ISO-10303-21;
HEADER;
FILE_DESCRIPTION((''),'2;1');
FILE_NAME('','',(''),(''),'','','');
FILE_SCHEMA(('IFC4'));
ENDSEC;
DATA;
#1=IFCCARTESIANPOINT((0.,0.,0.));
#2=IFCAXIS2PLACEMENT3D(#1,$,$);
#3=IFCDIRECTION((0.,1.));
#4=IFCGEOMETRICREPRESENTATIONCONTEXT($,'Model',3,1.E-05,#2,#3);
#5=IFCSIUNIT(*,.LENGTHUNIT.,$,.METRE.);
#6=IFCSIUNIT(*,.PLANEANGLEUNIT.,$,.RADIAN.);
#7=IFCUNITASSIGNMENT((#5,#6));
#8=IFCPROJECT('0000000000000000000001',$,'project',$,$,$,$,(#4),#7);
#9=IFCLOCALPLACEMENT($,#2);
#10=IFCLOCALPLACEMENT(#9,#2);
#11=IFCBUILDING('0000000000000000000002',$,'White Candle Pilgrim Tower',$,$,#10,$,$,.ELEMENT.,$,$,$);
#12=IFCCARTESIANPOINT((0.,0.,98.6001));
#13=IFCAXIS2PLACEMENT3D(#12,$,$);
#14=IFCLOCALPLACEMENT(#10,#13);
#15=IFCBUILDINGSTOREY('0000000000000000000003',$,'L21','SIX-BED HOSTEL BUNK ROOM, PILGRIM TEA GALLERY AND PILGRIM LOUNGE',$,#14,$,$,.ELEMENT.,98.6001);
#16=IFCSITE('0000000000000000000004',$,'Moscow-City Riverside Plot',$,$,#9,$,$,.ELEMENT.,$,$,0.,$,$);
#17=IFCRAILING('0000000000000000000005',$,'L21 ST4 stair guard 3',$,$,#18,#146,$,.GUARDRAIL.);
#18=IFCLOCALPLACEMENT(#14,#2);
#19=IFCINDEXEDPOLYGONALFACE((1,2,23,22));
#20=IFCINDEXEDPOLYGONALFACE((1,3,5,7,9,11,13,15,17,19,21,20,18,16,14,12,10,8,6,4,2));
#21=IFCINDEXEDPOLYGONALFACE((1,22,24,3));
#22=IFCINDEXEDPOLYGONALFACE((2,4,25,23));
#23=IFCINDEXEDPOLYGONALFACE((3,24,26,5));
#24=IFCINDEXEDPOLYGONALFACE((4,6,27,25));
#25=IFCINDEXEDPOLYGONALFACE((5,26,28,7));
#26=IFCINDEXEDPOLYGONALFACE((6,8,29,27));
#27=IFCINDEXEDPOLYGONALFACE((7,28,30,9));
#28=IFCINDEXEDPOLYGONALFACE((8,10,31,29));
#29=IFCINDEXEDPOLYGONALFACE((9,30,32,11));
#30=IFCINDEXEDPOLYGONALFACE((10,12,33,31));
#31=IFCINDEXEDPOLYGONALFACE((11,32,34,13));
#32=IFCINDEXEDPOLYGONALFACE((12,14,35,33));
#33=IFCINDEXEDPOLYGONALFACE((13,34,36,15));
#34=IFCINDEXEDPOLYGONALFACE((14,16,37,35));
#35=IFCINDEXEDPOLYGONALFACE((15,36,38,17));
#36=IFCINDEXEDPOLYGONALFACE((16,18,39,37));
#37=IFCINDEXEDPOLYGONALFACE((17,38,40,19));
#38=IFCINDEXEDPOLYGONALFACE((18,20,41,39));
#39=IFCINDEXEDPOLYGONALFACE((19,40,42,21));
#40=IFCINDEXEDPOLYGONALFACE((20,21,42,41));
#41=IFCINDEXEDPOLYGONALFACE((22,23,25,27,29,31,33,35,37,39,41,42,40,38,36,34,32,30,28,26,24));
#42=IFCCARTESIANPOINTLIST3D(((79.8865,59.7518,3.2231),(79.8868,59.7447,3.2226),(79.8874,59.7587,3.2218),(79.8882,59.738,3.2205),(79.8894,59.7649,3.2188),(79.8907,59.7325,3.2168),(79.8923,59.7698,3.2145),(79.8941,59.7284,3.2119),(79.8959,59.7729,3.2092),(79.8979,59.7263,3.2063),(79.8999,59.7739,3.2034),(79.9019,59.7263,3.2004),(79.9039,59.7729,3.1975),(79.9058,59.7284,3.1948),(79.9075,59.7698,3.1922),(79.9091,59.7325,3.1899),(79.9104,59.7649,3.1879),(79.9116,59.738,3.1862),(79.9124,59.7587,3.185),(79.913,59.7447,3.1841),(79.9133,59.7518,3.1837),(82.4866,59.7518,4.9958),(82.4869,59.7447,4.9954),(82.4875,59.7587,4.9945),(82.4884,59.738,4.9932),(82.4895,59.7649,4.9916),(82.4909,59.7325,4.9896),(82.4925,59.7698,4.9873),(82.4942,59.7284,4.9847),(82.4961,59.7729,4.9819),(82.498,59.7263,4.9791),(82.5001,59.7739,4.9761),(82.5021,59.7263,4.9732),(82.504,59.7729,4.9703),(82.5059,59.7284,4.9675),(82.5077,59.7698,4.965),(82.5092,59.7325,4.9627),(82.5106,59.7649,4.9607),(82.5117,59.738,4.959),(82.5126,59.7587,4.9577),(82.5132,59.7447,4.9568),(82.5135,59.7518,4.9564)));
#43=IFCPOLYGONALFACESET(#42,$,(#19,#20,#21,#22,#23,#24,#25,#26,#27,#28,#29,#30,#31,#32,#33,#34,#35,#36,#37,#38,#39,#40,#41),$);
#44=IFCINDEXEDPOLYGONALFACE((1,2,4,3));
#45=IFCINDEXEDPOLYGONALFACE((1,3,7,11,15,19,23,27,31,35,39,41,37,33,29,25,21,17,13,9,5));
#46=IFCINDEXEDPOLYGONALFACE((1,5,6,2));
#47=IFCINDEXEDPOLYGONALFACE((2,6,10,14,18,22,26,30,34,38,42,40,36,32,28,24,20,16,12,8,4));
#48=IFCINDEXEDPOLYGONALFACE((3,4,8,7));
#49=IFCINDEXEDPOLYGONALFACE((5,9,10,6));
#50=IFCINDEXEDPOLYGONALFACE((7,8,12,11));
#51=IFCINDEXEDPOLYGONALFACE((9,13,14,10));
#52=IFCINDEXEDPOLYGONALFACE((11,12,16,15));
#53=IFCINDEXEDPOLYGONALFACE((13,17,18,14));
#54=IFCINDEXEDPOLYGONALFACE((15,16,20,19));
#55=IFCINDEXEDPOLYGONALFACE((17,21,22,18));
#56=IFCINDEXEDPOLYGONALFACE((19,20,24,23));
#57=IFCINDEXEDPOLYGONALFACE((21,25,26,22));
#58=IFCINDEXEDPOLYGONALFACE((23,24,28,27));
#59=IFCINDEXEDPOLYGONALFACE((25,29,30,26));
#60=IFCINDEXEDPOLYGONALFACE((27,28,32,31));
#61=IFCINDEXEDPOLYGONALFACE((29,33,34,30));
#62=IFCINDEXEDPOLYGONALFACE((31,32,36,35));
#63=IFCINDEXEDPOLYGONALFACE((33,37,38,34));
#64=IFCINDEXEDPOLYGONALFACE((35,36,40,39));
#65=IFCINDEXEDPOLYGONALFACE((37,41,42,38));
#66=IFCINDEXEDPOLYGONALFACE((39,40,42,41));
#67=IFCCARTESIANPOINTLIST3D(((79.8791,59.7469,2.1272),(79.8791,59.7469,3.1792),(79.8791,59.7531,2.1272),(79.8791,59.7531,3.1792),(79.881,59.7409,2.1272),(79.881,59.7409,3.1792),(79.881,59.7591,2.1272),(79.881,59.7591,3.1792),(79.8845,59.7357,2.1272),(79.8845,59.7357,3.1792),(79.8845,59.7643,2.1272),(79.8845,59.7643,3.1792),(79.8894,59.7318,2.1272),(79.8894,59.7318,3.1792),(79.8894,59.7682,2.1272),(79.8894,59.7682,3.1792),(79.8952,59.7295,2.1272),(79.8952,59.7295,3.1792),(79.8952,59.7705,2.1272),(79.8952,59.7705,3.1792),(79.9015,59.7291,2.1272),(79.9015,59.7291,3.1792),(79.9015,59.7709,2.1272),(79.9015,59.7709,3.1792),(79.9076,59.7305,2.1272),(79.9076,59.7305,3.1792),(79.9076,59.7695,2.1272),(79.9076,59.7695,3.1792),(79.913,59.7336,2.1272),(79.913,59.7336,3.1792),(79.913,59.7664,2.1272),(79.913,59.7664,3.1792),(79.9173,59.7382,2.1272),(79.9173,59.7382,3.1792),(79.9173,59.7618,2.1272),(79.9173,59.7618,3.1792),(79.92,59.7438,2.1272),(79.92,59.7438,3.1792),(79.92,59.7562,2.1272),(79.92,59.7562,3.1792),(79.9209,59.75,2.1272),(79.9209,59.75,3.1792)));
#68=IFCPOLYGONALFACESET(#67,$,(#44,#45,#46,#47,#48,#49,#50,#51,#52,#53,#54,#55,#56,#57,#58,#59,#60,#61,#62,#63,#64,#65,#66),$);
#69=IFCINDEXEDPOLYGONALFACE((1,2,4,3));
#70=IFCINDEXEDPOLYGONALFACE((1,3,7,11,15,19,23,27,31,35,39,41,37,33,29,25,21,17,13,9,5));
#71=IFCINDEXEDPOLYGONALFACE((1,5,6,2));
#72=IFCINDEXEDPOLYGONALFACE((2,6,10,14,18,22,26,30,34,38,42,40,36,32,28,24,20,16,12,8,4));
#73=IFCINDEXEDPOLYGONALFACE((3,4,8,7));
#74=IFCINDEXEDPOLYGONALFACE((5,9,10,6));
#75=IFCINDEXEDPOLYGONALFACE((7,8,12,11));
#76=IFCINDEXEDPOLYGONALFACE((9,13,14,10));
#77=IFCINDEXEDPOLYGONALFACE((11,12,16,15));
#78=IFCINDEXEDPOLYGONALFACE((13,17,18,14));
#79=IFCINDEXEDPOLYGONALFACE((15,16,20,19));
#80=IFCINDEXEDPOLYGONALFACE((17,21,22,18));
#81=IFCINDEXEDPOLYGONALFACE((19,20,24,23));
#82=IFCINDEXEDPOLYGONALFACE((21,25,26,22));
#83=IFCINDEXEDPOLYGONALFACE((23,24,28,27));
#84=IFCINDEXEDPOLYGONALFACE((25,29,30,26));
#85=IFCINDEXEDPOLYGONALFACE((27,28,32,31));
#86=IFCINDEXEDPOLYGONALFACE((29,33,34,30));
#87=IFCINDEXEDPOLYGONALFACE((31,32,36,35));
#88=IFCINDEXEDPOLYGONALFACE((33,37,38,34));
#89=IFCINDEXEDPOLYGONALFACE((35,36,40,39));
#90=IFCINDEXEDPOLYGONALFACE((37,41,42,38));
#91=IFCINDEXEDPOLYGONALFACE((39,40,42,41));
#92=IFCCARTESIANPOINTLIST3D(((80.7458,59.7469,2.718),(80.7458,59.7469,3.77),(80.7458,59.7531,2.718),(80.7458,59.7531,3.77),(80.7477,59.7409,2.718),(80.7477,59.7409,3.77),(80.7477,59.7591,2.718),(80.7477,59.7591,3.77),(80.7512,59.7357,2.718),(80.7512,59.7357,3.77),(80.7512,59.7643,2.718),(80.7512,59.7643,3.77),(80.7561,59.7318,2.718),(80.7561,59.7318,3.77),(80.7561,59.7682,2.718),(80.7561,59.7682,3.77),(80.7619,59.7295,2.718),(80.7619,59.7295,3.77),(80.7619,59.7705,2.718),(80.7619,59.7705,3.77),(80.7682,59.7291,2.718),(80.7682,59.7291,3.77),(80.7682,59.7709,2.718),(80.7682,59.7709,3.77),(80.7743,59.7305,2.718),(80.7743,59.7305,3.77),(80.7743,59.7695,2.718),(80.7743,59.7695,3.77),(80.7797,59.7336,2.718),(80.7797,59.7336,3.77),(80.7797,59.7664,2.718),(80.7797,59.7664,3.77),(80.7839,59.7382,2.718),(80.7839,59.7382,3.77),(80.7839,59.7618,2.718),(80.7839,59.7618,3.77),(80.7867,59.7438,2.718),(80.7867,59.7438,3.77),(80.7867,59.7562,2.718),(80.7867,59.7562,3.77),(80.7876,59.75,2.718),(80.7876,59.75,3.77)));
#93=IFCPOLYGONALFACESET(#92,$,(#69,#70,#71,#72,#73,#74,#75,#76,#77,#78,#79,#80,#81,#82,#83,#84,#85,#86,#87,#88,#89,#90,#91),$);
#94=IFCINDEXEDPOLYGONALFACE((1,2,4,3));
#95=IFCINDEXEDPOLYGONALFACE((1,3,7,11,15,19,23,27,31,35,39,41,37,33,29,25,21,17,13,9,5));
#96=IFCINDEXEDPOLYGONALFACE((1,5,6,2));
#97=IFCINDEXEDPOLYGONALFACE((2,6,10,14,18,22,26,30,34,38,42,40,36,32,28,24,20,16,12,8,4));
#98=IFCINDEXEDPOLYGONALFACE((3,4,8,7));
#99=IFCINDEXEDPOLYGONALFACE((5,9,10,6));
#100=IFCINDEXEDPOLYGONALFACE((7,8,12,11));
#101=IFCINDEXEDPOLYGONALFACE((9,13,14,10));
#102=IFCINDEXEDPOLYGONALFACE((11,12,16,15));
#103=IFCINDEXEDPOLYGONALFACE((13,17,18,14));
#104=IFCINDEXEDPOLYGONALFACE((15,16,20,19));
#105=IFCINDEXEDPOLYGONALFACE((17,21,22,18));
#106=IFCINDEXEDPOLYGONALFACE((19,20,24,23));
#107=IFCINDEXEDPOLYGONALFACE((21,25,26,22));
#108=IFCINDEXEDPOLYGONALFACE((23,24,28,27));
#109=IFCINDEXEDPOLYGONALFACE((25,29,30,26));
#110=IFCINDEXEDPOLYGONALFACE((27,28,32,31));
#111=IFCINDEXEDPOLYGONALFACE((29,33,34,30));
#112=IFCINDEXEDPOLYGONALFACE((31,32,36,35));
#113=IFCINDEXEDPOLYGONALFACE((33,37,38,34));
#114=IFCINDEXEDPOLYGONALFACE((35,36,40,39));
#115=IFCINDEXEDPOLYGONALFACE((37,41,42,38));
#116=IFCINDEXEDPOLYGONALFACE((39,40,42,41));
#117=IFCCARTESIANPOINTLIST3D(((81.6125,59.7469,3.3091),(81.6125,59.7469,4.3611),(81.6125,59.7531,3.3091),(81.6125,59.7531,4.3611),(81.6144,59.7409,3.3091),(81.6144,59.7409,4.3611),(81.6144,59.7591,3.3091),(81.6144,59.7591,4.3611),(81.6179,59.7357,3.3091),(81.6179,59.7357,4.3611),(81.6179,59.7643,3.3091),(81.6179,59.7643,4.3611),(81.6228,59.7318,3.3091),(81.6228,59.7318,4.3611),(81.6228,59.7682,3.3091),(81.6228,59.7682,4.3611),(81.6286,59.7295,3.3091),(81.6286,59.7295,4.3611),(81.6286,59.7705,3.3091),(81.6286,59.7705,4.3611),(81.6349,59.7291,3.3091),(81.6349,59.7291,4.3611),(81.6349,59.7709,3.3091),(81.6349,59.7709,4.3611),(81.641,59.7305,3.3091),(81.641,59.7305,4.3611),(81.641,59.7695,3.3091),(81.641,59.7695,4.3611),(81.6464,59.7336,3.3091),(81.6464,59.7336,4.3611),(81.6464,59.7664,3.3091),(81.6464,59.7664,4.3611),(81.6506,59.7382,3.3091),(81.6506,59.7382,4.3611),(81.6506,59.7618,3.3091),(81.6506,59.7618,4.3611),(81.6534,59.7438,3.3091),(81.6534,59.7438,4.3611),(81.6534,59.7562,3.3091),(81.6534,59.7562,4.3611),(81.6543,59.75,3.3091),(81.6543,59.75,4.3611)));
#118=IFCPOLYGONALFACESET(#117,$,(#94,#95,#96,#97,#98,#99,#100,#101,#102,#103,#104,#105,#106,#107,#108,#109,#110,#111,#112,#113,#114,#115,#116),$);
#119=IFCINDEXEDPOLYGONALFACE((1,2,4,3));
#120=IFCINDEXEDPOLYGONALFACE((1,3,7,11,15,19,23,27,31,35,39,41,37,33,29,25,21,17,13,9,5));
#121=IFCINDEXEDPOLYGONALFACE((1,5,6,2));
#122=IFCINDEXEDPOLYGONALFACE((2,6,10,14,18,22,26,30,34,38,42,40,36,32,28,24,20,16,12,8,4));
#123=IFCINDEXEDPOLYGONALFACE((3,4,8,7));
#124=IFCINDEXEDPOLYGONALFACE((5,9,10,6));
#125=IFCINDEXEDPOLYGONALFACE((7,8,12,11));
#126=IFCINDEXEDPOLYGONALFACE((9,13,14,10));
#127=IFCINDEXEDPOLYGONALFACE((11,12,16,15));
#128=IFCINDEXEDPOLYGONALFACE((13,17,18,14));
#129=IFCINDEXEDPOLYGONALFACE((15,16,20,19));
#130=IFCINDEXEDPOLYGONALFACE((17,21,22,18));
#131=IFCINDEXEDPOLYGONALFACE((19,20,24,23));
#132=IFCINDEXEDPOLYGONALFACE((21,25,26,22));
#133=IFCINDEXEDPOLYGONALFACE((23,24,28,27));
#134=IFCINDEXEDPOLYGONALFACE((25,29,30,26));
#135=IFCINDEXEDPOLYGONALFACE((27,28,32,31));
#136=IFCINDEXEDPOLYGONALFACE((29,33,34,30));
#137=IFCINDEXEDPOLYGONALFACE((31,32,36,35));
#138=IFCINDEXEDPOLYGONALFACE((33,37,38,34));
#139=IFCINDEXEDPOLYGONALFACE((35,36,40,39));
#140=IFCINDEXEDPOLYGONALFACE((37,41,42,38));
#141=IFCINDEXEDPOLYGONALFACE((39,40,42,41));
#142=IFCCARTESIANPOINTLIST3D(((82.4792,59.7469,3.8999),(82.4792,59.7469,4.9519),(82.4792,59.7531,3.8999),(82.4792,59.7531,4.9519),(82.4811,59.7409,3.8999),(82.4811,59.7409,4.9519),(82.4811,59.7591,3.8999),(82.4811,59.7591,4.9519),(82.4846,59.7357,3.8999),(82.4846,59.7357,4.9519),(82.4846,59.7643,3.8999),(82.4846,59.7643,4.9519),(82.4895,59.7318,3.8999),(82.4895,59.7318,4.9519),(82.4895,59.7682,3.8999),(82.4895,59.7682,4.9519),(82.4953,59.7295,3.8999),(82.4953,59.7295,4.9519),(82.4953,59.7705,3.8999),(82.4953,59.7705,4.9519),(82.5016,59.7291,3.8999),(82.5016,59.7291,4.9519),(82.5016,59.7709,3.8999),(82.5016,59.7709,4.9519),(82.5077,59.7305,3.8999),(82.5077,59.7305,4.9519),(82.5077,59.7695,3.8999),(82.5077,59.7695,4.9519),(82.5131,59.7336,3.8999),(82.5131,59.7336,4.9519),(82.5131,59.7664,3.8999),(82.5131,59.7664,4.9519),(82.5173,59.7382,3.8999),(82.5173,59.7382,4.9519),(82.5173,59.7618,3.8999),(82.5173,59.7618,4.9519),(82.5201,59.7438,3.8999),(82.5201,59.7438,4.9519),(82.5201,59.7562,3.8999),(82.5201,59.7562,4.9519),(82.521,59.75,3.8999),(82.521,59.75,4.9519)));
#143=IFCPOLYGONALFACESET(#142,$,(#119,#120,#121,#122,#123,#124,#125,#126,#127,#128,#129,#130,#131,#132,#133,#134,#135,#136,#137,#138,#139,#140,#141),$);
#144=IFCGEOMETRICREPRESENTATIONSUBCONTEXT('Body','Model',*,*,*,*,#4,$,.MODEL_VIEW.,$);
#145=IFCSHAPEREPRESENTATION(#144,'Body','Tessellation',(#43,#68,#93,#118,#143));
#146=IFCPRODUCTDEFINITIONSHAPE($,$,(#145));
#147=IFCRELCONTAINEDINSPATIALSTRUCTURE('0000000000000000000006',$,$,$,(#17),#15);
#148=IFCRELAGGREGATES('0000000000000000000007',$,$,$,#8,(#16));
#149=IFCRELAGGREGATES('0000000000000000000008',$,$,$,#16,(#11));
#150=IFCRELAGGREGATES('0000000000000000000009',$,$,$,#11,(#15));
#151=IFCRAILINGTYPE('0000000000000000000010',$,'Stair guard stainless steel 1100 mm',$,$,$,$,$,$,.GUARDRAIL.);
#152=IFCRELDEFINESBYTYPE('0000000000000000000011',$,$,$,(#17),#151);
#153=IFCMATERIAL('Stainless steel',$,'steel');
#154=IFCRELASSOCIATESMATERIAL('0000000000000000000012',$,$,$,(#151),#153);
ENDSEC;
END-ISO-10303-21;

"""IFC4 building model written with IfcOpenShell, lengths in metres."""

from ifc_helpers import new_model, si_unit, direction, frame, origin, origin_2d, place, context, subcontext, project, spatial, circle, extrude, material, type_object, element, save


model = new_model("IFC4")

# Units and contexts
model_context = context("Model", 3, precision=1e-05, world=origin(), true_north=direction((0.0, 1.0)))
body_context = subcontext(model_context, "Body", "Model", "MODEL_VIEW")
ifc_project = project(units=[si_unit("LENGTHUNIT", "METRE"), si_unit("PLANEANGLEUNIT", "RADIAN")], contexts=[model_context])

# Site, building, storey
site_placement = place(None, origin())
site = spatial("IfcSite", under=ifc_project, at=site_placement, Name="Moscow-City Riverside Plot", CompositionType="ELEMENT", RefElevation=0.0)
building_placement = place(site_placement, origin())
building = spatial("IfcBuilding", under=site, at=building_placement, Name="White Candle Pilgrim Tower", CompositionType="ELEMENT")
storey_placement = place(building_placement, frame((0.0, 0.0, 98.6001)))
storey = spatial("IfcBuildingStorey", under=building, at=storey_placement, Name="L21", Description="SIX-BED HOSTEL BUNK ROOM, PILGRIM TEA GALLERY AND PILGRIM LOUNGE", CompositionType="ELEMENT", Elevation=98.6001)

# Railing
ifc_material_1 = material(Name="Stainless steel", Category="steel")
railing_type_1 = type_object("IfcRailingType", Name="Stair guard stainless steel 1100 mm", PredefinedType="GUARDRAIL", material=ifc_material_1)
railing_1_placement = place(storey_placement, frame((79.8999, 59.75, 2.1272)))
element("IfcRailing", 1, at=railing_1_placement, inside=storey, type_object=railing_type_1, Name="L21 ST4 stair guard 3", PredefinedType="GUARDRAIL", context=body_context, shape_type="SweptSolid", body=[
    extrude(circle(Radius=0.0239, at=origin_2d()), frame((0.0, 0.0, 1.0762), z_axis=(0.82624, 0.0, 0.563318), x_axis=(0.0, 1.0, 0.0)), (0.0, 0.0, 1.0), 3.147),
    extrude(circle(Radius=0.021, at=origin_2d()), origin(), (0.0, 0.0, 1.0), 1.052),
    extrude(circle(Radius=0.021, at=origin_2d()), frame((0.8667, 0.0, 0.5908)), (0.0, 0.0, 1.0), 1.052),
    extrude(circle(Radius=0.021, at=origin_2d()), frame((1.7334, 0.0, 1.1819)), (0.0, 0.0, 1.0), 1.052),
    extrude(circle(Radius=0.021, at=origin_2d()), frame((2.6001, 0.0, 1.7727)), (0.0, 0.0, 1.0), 1.052),
])

save(model, "model.ifc")
